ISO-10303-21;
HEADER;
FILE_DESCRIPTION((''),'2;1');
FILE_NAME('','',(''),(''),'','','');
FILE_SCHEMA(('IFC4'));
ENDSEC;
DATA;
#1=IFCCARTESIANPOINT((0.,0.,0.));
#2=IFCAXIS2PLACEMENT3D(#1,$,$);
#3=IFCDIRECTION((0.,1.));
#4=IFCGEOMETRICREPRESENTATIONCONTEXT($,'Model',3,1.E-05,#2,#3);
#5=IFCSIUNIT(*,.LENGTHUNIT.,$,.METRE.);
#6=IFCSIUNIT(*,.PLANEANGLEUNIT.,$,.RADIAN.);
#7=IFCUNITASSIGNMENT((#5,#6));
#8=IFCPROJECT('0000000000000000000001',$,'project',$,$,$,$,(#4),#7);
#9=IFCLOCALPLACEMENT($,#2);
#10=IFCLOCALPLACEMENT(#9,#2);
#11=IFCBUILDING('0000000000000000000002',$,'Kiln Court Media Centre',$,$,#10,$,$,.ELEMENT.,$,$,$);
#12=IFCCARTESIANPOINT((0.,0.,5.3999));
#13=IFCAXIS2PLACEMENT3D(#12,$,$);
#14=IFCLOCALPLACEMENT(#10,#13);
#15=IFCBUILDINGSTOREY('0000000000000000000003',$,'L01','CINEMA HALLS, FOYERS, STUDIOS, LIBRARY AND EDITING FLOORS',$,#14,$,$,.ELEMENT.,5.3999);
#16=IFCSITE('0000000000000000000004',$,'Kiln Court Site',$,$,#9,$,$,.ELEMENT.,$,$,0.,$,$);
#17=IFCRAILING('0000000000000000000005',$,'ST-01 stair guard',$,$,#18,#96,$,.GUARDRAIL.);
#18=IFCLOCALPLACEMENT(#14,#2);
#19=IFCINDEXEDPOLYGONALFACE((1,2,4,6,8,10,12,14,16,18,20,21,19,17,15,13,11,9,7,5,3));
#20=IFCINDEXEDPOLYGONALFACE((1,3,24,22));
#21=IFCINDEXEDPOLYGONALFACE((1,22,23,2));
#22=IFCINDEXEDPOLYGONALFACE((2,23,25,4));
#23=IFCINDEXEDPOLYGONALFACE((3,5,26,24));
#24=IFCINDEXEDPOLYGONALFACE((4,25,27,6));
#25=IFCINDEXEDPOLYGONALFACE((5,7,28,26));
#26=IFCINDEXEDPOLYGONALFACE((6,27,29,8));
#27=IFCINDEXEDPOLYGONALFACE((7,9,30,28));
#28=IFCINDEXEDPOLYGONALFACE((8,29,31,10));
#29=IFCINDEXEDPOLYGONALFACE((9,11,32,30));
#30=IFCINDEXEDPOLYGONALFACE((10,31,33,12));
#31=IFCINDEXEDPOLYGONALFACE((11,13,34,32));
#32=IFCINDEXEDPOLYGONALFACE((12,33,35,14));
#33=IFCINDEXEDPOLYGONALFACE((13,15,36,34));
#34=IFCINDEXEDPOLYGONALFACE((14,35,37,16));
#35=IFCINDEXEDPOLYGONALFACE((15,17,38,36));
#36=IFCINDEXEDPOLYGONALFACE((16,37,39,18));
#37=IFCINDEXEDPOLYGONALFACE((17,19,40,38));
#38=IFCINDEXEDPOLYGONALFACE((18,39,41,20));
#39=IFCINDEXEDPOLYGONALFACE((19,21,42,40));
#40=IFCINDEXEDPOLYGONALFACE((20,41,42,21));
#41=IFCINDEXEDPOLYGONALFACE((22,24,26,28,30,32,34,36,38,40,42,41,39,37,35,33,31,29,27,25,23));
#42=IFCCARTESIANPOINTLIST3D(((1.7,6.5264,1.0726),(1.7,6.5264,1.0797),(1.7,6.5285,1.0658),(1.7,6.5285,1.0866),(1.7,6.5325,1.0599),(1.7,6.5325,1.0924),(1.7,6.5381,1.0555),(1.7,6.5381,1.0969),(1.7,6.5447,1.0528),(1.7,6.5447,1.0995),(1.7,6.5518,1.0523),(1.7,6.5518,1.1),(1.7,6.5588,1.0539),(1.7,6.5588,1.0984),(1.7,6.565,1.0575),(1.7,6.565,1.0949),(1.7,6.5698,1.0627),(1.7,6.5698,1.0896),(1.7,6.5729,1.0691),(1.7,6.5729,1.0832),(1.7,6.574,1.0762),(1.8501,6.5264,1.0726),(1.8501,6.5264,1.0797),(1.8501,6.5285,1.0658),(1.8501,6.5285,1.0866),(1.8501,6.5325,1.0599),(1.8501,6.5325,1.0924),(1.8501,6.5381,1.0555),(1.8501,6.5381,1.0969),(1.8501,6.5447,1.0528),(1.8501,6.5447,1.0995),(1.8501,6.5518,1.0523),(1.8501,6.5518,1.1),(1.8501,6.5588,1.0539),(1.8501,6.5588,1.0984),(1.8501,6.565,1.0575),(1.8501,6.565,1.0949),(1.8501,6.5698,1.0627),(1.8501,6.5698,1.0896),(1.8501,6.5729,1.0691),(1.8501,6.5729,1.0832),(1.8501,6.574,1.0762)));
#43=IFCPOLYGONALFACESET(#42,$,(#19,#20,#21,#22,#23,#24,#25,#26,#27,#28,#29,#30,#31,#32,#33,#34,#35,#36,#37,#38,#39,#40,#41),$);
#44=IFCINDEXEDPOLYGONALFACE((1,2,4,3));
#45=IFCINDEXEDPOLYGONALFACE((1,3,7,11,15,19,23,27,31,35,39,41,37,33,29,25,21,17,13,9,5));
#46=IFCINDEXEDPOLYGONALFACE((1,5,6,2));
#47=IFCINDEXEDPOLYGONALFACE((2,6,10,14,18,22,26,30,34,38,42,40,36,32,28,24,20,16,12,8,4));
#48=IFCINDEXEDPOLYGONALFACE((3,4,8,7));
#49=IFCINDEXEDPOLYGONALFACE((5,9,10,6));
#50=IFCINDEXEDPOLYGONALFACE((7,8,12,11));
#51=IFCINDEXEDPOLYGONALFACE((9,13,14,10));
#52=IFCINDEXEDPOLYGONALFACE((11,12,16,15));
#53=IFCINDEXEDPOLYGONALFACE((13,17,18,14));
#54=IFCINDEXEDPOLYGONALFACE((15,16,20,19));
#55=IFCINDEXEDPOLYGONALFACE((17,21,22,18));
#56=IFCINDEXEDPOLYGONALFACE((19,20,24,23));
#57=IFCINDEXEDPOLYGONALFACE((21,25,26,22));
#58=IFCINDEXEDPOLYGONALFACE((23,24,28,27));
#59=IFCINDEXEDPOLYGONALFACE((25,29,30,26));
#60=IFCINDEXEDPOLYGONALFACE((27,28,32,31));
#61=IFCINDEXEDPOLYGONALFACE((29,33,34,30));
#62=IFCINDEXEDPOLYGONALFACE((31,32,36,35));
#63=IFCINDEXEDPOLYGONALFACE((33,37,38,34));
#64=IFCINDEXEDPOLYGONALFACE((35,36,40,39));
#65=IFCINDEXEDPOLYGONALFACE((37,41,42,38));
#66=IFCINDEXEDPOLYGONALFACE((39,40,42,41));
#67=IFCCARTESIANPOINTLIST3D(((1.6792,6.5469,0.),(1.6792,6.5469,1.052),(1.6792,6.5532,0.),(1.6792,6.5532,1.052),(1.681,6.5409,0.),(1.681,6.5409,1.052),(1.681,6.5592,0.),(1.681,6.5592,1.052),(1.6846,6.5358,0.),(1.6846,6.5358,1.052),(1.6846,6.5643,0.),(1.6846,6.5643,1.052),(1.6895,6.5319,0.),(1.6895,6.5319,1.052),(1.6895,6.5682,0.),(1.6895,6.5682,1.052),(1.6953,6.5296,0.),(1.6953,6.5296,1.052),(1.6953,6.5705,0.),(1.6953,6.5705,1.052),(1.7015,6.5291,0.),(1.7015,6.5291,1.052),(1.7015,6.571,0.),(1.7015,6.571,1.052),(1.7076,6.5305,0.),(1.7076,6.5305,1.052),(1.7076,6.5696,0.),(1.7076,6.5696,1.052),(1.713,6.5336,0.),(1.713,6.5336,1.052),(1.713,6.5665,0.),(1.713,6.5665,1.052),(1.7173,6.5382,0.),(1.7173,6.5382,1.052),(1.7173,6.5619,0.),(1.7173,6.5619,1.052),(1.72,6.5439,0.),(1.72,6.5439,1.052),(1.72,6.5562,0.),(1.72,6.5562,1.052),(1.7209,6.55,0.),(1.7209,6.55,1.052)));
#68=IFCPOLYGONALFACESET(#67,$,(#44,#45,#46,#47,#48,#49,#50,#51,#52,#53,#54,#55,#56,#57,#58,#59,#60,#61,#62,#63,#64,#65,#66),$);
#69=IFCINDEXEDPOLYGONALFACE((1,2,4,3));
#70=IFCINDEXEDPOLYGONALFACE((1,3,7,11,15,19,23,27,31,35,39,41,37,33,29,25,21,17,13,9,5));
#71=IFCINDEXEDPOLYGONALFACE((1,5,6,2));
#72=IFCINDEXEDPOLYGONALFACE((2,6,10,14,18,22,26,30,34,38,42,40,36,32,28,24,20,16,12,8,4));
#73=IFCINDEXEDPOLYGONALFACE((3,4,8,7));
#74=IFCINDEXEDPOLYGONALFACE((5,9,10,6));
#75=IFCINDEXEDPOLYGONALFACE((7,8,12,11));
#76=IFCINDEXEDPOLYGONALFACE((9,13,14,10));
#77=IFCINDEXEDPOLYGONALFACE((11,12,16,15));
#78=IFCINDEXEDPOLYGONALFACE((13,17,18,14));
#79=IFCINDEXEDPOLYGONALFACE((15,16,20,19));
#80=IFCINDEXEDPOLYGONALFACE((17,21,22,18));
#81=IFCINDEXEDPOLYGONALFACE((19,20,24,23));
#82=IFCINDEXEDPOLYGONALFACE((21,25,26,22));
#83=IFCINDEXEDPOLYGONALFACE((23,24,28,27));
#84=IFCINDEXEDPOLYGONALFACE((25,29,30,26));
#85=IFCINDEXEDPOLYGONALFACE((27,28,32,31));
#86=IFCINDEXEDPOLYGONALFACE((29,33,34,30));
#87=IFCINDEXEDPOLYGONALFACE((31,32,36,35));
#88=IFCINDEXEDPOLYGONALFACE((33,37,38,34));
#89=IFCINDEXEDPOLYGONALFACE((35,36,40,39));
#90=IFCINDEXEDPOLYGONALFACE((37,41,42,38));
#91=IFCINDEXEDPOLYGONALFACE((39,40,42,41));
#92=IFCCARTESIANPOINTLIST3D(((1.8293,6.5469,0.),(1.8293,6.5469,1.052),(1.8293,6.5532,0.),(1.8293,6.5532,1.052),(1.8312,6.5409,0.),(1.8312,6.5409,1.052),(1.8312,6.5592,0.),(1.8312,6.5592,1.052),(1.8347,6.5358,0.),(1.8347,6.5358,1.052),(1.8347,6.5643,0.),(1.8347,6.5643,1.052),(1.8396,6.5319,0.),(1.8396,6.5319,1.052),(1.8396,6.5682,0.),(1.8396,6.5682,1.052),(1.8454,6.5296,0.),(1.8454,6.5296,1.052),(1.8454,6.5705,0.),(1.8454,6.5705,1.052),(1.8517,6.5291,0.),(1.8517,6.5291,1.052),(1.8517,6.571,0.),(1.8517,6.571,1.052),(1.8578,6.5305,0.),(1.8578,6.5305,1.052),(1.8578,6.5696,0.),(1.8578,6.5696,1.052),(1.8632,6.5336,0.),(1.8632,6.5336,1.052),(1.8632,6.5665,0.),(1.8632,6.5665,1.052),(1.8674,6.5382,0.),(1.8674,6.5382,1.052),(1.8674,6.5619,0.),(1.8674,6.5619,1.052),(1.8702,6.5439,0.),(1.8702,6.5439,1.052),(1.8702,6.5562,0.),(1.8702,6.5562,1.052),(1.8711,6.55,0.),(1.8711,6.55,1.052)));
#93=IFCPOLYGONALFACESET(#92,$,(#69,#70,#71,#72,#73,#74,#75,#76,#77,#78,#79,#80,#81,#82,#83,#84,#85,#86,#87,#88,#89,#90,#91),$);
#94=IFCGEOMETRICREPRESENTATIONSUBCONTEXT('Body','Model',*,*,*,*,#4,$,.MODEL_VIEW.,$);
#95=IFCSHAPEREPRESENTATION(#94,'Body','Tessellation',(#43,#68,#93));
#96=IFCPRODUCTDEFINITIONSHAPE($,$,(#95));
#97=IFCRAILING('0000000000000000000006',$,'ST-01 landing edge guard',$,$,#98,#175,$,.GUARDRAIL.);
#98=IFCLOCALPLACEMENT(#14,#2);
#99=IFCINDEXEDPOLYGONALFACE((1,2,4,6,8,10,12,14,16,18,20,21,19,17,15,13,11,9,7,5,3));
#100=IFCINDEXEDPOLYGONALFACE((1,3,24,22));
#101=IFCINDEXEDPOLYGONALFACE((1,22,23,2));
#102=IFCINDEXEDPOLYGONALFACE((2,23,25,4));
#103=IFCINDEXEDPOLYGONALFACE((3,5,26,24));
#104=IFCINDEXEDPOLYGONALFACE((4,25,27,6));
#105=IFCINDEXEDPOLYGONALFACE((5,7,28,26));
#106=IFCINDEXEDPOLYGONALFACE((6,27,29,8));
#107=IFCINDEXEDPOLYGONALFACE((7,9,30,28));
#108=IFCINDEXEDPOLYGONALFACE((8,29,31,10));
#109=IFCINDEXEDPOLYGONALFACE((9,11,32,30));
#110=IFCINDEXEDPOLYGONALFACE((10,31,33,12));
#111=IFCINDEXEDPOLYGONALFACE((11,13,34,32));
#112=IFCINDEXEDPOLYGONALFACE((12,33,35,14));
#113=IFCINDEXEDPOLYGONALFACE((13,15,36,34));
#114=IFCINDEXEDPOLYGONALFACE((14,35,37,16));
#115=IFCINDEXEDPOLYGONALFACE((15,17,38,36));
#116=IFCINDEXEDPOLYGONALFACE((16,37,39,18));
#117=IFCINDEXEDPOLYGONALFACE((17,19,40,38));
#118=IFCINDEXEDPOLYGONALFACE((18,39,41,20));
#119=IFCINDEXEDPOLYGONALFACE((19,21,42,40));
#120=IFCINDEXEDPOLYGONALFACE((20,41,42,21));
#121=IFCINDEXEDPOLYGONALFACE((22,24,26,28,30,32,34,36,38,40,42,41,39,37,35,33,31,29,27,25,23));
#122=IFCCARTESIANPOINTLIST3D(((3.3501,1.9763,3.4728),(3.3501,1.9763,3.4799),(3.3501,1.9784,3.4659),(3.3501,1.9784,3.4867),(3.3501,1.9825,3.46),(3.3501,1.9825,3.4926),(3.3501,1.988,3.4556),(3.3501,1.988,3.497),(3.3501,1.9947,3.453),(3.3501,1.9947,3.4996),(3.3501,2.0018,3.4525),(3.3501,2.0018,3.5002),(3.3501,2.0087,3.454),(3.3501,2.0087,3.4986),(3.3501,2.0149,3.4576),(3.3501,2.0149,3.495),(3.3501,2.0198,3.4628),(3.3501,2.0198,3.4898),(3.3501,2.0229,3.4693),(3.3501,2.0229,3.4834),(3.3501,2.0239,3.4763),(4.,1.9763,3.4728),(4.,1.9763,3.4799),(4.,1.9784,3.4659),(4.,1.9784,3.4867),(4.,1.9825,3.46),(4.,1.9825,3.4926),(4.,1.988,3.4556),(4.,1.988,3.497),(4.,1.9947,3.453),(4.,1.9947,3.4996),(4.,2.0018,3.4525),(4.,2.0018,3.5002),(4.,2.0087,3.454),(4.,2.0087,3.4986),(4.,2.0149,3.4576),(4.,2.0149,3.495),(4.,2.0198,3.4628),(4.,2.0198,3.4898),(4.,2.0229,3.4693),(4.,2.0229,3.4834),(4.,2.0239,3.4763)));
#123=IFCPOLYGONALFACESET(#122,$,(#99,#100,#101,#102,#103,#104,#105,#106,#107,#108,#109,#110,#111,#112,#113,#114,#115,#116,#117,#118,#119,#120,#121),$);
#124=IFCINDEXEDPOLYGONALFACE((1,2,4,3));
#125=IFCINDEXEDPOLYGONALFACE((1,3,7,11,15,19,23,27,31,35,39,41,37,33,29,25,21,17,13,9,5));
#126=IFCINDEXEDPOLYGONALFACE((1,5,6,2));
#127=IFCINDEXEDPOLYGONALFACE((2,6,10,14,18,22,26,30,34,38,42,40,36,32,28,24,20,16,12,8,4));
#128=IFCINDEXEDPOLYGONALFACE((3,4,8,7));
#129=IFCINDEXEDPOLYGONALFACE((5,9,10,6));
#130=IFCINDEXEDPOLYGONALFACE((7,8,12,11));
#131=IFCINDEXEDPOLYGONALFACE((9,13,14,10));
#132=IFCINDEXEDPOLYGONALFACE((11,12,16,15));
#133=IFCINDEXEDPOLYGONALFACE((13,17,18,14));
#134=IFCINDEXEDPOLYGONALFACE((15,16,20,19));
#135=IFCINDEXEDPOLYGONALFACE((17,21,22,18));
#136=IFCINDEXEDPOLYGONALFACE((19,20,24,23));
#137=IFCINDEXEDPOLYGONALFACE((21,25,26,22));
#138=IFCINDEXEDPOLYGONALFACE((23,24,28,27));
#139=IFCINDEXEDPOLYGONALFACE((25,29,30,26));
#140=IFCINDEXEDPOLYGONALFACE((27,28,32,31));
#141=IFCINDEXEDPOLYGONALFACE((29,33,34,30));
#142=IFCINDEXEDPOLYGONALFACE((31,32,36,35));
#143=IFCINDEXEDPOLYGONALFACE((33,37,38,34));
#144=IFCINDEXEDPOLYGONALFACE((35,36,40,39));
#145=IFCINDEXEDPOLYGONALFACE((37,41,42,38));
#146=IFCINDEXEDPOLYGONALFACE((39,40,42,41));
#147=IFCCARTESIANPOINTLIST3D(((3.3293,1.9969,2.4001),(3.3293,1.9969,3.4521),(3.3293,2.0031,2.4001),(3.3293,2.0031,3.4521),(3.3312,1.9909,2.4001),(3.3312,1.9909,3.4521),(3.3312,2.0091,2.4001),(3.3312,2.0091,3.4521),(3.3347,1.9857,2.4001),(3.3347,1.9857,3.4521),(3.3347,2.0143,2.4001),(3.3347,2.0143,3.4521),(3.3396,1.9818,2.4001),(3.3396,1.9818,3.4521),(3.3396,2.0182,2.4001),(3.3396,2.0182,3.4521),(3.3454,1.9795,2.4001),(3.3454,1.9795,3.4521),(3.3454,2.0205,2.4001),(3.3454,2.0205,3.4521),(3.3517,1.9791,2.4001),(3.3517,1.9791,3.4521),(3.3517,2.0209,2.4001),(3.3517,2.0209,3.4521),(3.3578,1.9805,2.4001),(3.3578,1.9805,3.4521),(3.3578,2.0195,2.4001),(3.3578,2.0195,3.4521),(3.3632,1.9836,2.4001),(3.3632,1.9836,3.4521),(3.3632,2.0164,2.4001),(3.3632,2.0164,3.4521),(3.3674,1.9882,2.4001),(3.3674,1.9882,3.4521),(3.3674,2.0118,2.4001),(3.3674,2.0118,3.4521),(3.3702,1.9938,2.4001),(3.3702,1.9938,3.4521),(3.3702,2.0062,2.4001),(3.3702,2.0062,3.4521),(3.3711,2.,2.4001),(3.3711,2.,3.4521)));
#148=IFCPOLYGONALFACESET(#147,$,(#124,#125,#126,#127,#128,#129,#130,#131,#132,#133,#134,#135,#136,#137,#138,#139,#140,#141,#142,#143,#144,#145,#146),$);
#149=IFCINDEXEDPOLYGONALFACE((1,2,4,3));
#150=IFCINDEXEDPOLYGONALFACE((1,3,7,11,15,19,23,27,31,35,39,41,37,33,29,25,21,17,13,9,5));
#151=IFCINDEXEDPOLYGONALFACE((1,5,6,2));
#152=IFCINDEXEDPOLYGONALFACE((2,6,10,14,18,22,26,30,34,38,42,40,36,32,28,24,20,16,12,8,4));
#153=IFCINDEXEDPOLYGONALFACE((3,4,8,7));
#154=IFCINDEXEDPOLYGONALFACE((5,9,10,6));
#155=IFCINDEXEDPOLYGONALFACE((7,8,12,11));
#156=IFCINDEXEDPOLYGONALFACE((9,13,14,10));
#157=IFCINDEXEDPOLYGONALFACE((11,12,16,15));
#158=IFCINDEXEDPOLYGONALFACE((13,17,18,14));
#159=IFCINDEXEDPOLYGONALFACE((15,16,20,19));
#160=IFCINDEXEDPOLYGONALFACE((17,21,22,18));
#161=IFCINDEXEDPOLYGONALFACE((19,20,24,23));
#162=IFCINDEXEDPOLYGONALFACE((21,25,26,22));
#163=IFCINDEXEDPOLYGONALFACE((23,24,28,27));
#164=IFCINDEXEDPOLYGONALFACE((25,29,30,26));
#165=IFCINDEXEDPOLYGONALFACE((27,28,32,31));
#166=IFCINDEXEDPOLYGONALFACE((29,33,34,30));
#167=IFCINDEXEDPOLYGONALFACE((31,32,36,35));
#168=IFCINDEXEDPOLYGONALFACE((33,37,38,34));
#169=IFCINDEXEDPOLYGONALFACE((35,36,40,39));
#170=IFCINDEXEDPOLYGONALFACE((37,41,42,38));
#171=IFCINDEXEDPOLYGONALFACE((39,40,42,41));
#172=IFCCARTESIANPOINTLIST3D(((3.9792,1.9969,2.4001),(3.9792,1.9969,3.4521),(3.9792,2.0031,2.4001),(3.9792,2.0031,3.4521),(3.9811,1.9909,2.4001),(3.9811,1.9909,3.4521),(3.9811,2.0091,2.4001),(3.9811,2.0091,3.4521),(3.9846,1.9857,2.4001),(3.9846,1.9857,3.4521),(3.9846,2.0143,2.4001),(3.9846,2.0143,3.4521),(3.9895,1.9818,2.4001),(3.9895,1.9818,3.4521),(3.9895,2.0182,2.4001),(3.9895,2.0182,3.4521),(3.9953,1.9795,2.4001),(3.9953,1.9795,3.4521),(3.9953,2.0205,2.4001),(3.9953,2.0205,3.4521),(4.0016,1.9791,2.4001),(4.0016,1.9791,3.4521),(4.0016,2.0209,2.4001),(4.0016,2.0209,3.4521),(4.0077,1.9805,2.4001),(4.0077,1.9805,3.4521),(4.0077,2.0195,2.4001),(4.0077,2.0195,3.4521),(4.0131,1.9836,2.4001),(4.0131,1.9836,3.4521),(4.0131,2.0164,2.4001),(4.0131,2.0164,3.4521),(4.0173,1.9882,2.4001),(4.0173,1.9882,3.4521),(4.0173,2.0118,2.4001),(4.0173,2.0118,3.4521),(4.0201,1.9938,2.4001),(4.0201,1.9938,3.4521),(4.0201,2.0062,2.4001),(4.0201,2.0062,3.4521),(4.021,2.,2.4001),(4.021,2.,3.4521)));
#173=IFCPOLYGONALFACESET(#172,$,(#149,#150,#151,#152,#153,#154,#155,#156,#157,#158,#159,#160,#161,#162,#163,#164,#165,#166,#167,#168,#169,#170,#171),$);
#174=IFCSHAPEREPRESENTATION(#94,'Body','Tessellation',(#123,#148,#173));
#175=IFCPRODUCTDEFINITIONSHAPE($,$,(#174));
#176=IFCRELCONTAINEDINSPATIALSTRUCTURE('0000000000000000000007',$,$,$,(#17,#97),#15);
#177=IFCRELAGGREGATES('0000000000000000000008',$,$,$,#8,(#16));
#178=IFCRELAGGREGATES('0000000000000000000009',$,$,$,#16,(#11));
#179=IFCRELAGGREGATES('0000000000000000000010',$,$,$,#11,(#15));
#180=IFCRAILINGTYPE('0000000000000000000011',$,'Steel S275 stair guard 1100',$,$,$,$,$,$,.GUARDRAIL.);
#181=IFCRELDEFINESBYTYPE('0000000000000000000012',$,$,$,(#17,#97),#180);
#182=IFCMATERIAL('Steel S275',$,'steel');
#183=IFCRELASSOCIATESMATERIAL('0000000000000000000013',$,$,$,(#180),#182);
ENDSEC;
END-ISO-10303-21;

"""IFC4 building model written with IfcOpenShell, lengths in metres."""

from ifc_helpers import new_model, si_unit, direction, frame, origin, origin_2d, place, context, subcontext, project, spatial, circle, extrude, material, type_object, element, save


model = new_model("IFC4")

# Units and contexts
model_context = context("Model", 3, precision=1e-05, world=origin(), true_north=direction((0.0, 1.0)))
body_context = subcontext(model_context, "Body", "Model", "MODEL_VIEW")
ifc_project = project(units=[si_unit("LENGTHUNIT", "METRE"), si_unit("PLANEANGLEUNIT", "RADIAN")], contexts=[model_context])

# Site, building, storey
site_placement = place(None, origin())
site = spatial("IfcSite", under=ifc_project, at=site_placement, Name="Kiln Court Site", CompositionType="ELEMENT", RefElevation=0.0)
building_placement = place(site_placement, origin())
building = spatial("IfcBuilding", under=site, at=building_placement, Name="Kiln Court Media Centre", CompositionType="ELEMENT")
storey_placement = place(building_placement, frame((0.0, 0.0, 5.3999)))
storey = spatial("IfcBuildingStorey", under=building, at=storey_placement, Name="L01", Description="CINEMA HALLS, FOYERS, STUDIOS, LIBRARY AND EDITING FLOORS", CompositionType="ELEMENT", Elevation=5.3999)

# Railings
ifc_material_1 = material(Name="Steel S275", Category="steel")
railing_type_1 = type_object("IfcRailingType", Name="Steel S275 stair guard 1100", PredefinedType="GUARDRAIL", material=ifc_material_1)
railing_1_placement = place(storey_placement, frame((1.7, 6.55, 0.0)))
element("IfcRailing", 1, at=railing_1_placement, inside=storey, type_object=railing_type_1, Name="ST-01 stair guard", PredefinedType="GUARDRAIL", context=body_context, shape_type="SweptSolid", body=[
    extrude(circle(Radius=0.0239, at=origin_2d()), frame((0.0, 0.0, 1.0762), z_axis=(1.0, 0.0, 0.0), x_axis=(0.0, 1.0, 0.0)), (0.0, 0.0, 1.0), 0.1501),
    extrude(circle(Radius=0.021, at=origin_2d()), origin(), (0.0, 0.0, 1.0), 1.052),
    extrude(circle(Radius=0.021, at=origin_2d()), frame((0.1501, 0.0, 0.0)), (0.0, 0.0, 1.0), 1.052),
])
for number, where, name in (
    (2, (3.3501, 2.0, 2.4001), "ST-01 landing edge guard"),
):
    element("IfcRailing", number, at=place(storey_placement, frame(where)), inside=storey, type_object=railing_type_1, Name=name, PredefinedType="GUARDRAIL", context=body_context, shape_type="SweptSolid", body=[
        extrude(circle(Radius=0.0239, at=origin_2d()), frame((0.0, 0.0, 1.0762), z_axis=(1.0, 0.0, 0.0), x_axis=(0.0, 1.0, 0.0)), (0.0, 0.0, 1.0), 0.6499),
        extrude(circle(Radius=0.021, at=origin_2d()), origin(), (0.0, 0.0, 1.0), 1.052),
        extrude(circle(Radius=0.021, at=origin_2d()), frame((0.6499, 0.0, 0.0)), (0.0, 0.0, 1.0), 1.052),
    ])

save(model, "model.ifc")
